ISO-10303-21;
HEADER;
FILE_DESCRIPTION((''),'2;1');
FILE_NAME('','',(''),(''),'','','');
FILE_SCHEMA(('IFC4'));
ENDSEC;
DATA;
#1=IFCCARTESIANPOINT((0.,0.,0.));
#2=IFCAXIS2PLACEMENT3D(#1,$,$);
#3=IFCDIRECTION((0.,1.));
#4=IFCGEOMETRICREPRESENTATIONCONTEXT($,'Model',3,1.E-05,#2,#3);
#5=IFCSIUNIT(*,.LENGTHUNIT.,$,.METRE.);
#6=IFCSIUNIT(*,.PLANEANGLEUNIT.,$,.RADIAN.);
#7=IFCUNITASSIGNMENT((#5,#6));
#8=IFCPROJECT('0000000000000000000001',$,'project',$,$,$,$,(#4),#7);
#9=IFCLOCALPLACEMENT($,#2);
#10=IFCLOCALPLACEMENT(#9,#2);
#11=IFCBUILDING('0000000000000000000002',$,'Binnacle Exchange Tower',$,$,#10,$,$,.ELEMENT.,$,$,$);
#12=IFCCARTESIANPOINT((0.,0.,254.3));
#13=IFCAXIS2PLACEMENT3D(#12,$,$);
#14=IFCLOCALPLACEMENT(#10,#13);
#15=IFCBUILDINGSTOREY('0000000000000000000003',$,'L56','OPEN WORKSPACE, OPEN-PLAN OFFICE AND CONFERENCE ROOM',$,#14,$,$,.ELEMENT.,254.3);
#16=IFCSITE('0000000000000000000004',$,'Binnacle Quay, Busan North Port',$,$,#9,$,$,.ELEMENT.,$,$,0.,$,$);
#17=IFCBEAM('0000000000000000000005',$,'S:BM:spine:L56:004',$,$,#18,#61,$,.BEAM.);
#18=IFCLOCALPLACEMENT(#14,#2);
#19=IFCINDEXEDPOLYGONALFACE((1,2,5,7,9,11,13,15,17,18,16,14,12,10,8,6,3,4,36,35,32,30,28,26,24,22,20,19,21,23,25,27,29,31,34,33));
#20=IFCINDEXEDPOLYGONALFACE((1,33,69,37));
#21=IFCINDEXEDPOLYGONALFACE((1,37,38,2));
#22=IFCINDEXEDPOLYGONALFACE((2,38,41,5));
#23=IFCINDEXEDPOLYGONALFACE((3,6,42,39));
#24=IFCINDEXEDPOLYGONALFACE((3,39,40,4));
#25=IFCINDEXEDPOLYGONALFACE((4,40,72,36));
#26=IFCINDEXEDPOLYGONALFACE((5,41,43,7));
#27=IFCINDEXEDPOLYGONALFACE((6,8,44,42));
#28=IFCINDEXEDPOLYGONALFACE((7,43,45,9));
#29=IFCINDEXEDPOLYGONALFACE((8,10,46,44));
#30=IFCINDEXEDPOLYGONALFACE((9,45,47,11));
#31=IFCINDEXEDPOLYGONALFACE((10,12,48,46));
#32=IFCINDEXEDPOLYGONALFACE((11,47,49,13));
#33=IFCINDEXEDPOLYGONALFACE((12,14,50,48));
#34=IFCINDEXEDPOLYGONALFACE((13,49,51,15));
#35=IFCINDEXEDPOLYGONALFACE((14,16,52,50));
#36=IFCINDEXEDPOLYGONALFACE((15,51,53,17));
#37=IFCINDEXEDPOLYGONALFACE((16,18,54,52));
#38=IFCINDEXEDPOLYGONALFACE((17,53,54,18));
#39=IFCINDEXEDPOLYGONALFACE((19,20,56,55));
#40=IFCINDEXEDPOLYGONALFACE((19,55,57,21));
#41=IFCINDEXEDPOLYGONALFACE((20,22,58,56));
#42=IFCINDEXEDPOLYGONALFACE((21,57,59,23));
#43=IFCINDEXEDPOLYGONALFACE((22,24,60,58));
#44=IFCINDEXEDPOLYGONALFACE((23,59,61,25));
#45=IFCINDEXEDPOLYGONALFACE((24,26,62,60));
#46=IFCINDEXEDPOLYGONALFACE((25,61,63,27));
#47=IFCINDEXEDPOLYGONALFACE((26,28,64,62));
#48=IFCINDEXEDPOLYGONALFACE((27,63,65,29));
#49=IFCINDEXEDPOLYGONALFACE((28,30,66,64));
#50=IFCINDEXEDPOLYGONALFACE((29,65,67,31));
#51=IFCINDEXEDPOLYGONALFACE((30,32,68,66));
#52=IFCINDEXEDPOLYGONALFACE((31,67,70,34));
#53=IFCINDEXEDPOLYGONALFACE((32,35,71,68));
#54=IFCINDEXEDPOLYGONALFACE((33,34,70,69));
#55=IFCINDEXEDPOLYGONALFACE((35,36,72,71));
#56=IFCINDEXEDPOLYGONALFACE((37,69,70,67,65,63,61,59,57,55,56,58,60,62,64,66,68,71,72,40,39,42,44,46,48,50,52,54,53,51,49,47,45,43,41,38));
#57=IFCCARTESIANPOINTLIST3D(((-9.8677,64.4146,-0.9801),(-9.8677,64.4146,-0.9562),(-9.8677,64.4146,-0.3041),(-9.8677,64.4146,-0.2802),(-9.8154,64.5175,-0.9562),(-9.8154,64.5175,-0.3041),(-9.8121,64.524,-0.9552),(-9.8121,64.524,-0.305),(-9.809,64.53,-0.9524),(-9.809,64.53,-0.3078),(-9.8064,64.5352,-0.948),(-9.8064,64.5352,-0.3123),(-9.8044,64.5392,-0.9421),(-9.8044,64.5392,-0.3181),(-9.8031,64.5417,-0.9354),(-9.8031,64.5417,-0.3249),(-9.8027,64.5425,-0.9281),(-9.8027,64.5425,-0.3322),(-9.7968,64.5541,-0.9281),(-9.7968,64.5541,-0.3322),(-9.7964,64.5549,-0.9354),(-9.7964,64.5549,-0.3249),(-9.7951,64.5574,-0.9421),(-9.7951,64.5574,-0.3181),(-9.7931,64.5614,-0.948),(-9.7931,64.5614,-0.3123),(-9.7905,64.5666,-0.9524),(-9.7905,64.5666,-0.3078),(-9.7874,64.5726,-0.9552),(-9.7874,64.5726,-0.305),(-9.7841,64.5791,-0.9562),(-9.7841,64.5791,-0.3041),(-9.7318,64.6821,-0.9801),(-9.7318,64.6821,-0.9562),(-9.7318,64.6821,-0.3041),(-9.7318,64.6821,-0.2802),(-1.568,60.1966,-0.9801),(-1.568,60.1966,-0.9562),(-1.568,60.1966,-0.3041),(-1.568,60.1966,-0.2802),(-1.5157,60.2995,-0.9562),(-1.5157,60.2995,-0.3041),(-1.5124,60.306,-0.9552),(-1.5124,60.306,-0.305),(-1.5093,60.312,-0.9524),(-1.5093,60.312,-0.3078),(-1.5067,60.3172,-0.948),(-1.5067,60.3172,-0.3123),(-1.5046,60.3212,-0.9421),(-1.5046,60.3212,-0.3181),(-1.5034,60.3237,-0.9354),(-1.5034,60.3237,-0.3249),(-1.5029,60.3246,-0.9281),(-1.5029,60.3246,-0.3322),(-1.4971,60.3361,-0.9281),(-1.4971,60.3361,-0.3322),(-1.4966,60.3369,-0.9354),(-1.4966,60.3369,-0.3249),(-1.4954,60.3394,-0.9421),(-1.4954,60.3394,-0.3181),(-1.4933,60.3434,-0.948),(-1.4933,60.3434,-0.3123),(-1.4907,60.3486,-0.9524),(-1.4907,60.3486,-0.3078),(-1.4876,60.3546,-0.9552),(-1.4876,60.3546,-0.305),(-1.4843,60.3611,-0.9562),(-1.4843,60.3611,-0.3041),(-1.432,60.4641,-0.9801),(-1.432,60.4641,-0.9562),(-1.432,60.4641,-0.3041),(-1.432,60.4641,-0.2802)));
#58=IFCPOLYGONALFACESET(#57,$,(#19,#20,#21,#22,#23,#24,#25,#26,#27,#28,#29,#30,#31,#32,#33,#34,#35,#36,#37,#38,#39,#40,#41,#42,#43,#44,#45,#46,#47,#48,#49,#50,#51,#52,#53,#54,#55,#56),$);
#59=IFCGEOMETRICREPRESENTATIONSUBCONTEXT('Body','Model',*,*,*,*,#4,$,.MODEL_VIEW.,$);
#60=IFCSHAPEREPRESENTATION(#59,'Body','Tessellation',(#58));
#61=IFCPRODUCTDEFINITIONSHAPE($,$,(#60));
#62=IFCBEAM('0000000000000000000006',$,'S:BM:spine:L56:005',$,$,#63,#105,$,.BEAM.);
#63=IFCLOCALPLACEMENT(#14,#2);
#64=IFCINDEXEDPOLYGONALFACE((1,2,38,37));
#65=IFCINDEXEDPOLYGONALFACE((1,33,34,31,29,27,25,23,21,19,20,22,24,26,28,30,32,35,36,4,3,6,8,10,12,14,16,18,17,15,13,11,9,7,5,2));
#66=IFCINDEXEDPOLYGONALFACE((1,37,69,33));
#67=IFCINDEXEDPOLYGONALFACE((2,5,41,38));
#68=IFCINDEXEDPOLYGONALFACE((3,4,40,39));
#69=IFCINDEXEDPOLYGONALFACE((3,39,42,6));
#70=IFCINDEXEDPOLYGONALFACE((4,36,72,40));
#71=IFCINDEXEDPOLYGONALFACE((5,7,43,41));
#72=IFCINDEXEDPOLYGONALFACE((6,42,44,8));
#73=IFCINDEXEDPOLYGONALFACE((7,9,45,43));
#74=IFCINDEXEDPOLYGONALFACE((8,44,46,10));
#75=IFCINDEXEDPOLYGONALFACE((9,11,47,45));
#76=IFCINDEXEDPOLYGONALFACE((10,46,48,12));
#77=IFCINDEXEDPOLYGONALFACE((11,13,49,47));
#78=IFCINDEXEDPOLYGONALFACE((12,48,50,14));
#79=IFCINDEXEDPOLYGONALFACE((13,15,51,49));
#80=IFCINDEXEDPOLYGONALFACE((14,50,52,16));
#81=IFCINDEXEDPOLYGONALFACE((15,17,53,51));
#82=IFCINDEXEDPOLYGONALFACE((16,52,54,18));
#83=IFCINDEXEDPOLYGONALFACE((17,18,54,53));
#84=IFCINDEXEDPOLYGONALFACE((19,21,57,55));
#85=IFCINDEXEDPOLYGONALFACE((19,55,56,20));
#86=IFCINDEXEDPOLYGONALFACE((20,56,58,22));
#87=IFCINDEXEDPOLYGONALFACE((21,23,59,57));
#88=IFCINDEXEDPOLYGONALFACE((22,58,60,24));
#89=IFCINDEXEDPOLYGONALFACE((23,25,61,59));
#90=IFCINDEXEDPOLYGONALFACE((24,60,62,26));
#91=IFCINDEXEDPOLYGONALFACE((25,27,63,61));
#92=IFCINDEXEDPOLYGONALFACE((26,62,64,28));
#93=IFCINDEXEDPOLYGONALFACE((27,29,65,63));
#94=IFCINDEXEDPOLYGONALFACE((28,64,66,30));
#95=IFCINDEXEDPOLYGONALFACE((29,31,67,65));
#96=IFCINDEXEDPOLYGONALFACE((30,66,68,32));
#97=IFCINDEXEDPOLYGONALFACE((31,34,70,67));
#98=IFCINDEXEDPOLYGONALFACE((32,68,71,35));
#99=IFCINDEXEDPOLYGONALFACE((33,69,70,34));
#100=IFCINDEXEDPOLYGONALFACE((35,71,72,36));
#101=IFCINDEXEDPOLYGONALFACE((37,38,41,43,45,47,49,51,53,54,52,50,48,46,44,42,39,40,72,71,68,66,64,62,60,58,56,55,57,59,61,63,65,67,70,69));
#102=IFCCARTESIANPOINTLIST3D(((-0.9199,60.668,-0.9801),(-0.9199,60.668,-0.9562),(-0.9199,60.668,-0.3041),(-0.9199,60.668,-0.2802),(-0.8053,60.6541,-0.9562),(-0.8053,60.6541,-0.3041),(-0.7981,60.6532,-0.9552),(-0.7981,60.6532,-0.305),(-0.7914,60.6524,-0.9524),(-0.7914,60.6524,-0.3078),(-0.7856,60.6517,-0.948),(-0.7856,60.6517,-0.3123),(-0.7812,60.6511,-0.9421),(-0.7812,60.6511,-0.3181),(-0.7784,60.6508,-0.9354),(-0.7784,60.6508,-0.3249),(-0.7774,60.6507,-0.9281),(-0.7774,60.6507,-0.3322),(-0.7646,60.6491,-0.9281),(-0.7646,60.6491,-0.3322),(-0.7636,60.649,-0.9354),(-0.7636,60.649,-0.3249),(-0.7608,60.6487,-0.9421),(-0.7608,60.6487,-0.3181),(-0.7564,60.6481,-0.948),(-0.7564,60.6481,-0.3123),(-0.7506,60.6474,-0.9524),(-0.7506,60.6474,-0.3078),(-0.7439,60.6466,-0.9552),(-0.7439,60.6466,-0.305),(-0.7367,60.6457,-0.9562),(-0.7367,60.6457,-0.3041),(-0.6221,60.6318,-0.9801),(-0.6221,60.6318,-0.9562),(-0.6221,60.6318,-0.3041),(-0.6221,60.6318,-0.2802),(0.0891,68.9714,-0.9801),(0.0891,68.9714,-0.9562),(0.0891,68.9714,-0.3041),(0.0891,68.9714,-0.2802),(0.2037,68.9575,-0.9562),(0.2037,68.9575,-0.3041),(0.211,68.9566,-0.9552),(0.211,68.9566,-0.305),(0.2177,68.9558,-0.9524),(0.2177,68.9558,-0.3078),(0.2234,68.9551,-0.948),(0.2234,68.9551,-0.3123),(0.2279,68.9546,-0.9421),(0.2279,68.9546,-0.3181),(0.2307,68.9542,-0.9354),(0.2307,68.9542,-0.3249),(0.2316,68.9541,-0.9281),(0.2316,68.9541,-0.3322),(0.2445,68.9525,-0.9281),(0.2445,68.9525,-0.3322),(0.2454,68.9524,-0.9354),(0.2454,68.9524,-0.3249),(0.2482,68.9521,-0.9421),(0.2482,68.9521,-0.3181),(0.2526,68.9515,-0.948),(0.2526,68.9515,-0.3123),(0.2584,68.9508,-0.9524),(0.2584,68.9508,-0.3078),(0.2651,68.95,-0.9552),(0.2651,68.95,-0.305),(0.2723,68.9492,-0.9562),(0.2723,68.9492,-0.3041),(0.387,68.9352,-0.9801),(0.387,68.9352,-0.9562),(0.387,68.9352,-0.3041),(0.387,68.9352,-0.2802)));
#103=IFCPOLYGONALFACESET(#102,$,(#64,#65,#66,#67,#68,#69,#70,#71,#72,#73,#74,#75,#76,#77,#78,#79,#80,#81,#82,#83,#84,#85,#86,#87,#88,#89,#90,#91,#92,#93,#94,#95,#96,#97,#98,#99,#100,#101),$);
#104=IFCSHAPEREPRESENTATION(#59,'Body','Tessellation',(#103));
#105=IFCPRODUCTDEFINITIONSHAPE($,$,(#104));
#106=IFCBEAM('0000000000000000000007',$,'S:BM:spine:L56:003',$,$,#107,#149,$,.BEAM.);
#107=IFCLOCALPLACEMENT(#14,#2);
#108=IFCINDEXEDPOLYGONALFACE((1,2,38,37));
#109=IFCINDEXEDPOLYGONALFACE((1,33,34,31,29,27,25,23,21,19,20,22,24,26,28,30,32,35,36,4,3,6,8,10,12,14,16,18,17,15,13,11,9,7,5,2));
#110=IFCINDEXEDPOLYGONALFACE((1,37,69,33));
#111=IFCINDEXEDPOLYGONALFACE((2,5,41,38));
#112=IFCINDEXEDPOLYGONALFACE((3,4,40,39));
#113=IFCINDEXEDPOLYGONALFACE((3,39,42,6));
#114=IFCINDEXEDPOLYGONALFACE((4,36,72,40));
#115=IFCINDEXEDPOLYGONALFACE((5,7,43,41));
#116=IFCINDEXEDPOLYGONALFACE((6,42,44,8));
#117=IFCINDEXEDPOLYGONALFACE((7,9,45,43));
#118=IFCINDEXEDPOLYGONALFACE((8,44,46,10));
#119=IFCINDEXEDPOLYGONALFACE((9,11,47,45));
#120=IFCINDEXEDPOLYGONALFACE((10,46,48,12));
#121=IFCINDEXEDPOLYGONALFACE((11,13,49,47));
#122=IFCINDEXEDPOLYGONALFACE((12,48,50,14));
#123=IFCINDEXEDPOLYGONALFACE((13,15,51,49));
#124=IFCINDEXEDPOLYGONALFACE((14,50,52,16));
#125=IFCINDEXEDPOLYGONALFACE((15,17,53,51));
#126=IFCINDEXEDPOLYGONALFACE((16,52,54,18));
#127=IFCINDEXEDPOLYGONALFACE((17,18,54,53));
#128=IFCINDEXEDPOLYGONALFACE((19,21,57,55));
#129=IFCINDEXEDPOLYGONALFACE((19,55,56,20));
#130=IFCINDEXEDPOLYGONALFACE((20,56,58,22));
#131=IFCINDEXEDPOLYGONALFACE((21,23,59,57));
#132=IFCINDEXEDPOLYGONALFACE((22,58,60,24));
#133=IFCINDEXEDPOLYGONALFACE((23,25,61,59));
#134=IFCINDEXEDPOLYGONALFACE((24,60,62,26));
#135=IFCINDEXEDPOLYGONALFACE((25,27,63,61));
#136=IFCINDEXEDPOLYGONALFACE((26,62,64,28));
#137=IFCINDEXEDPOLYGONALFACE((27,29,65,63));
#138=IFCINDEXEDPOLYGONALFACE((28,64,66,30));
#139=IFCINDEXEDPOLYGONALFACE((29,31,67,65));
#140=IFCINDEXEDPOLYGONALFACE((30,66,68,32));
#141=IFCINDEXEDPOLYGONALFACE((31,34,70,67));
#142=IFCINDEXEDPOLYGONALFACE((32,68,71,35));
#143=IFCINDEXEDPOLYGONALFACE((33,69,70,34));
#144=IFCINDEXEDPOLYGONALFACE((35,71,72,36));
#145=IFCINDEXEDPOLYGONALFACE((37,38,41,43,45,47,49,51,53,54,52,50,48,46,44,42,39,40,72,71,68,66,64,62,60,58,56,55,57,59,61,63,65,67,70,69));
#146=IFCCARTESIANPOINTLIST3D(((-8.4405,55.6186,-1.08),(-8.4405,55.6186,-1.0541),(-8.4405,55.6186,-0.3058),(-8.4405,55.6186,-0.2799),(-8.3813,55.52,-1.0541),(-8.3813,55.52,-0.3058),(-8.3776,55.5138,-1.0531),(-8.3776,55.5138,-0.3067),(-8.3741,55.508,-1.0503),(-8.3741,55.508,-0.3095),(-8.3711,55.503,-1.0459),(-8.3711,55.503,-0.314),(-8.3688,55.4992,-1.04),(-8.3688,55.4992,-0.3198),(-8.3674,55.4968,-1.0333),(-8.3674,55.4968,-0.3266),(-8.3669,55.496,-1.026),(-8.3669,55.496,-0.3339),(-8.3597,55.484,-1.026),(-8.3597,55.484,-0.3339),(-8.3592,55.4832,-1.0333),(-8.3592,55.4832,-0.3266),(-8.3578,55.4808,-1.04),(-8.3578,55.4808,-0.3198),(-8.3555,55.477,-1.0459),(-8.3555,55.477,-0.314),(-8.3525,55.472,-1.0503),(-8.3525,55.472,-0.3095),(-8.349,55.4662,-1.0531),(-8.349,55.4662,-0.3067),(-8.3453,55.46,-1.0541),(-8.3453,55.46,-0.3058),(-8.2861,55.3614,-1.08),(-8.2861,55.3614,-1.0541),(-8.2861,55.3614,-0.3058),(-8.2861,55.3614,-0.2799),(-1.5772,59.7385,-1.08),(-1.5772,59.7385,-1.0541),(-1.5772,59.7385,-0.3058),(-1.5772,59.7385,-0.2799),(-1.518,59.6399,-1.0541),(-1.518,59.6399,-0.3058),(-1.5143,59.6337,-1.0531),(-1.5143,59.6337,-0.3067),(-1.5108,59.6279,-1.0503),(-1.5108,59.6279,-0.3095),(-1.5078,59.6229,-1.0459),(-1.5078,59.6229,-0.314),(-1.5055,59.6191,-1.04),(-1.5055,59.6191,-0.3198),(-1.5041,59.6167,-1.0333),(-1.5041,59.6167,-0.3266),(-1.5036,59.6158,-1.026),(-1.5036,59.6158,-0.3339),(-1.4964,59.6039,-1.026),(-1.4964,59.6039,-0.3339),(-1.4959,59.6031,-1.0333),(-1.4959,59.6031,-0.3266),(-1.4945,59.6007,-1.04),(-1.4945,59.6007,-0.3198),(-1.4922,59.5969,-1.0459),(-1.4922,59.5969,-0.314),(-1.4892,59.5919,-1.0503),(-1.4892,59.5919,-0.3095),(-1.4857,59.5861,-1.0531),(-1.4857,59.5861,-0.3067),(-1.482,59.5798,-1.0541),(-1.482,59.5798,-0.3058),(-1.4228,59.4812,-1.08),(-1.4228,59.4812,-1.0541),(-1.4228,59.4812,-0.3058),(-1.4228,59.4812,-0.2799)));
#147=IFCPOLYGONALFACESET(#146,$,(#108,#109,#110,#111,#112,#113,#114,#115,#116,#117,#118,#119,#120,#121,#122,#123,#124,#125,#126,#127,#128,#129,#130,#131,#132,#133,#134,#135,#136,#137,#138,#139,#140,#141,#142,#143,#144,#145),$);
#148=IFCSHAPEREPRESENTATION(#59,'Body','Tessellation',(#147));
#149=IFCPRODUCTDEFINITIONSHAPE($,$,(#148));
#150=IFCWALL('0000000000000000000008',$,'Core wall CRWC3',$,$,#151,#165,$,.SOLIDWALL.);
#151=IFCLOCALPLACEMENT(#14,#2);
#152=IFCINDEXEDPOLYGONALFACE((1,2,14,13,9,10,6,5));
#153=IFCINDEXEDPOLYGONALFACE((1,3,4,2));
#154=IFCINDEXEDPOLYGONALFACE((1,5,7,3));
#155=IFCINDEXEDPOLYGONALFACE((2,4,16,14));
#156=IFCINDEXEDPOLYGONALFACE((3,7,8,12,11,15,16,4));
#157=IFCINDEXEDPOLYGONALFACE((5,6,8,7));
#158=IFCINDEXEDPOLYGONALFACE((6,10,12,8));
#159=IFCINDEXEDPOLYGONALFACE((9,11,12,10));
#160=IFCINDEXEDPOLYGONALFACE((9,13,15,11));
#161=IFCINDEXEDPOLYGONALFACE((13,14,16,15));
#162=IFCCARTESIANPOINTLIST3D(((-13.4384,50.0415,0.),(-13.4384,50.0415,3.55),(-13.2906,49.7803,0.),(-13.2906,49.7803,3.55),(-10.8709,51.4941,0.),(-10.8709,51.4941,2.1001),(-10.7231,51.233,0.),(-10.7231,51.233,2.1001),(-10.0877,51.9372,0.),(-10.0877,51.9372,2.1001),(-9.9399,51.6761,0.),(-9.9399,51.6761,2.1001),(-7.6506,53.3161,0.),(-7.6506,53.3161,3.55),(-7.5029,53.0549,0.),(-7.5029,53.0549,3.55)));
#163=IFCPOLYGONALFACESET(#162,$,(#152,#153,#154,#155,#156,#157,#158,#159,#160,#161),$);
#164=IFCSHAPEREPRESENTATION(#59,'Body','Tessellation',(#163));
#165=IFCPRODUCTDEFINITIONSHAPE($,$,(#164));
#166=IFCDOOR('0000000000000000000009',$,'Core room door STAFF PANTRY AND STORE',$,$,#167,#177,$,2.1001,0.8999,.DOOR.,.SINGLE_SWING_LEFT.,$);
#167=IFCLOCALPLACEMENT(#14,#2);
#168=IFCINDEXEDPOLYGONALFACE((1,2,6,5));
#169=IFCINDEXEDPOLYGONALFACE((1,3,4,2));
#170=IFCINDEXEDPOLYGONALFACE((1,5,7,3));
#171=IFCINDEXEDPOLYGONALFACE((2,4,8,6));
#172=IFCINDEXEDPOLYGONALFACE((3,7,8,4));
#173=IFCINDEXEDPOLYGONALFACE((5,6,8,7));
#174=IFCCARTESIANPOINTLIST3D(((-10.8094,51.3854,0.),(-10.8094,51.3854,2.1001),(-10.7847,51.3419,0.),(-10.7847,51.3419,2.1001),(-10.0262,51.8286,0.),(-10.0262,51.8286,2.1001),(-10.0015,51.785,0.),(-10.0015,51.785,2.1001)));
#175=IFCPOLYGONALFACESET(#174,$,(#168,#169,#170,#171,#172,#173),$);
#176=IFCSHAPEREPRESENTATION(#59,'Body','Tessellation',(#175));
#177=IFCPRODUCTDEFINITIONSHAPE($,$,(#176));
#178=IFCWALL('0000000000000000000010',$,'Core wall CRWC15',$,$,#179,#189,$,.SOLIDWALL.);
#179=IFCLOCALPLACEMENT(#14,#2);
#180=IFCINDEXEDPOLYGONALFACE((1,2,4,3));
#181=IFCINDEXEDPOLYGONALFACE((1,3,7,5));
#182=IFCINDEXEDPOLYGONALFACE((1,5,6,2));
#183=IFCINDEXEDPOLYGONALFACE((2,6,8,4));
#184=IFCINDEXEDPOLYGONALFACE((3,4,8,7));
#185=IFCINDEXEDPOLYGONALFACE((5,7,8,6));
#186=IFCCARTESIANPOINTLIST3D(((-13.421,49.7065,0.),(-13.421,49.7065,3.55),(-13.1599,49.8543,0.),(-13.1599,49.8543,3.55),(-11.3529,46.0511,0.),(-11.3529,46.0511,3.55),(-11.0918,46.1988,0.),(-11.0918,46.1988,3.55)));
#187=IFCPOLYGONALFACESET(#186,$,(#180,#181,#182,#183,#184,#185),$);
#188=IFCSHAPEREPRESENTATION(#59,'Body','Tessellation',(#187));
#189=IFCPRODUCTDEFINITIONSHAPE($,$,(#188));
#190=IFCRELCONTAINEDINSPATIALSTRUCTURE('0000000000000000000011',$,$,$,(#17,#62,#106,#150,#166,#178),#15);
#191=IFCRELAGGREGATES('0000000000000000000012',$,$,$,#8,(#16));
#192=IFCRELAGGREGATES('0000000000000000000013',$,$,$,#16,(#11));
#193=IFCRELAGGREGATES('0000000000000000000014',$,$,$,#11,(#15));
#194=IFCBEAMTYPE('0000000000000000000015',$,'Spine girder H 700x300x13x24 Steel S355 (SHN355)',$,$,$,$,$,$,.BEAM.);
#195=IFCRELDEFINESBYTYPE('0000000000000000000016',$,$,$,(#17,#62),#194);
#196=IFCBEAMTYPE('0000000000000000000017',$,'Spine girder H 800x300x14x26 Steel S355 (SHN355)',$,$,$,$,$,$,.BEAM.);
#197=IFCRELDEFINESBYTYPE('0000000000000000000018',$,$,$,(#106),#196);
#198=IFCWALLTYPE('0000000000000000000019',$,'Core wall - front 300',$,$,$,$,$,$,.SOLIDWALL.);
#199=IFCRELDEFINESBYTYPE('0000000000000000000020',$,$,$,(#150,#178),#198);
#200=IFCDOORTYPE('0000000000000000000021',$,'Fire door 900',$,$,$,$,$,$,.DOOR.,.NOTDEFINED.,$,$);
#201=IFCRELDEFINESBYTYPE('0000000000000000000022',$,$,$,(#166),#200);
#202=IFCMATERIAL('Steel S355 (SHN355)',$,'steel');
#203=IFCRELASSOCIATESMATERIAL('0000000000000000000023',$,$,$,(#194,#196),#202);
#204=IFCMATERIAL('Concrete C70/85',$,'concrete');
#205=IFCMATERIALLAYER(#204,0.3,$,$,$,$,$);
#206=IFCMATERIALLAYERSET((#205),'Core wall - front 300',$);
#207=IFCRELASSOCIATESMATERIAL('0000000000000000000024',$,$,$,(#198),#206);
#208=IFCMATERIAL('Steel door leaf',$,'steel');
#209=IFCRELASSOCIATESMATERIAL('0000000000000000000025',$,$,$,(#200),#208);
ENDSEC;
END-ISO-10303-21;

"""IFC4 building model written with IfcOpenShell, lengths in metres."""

from ifc_helpers import new_model, si_unit, direction, frame, frame_2d, origin, origin_2d, place, context, subcontext, project, spatial, rectangle, i_section, extrude, material, layer, layer_set, material_profile, profile_set, type_object, element, fill, save


model = new_model("IFC4")

# Units and contexts
model_context = context("Model", 3, precision=1e-05, world=origin(), true_north=direction((0.0, 1.0)))
body_context = subcontext(model_context, "Body", "Model", "MODEL_VIEW")
ifc_project = project(units=[si_unit("LENGTHUNIT", "METRE"), si_unit("PLANEANGLEUNIT", "RADIAN")], contexts=[model_context])

# Site, building, storey
site_placement = place(None, origin())
site = spatial("IfcSite", under=ifc_project, at=site_placement, Name="Binnacle Quay, Busan North Port", CompositionType="ELEMENT", RefElevation=0.0)
building_placement = place(site_placement, origin())
building = spatial("IfcBuilding", under=site, at=building_placement, Name="Binnacle Exchange Tower", CompositionType="ELEMENT")
storey_placement = place(building_placement, frame((0.0, 0.0, 254.3)))
storey = spatial("IfcBuildingStorey", under=building, at=storey_placement, Name="L56", Description="OPEN WORKSPACE, OPEN-PLAN OFFICE AND CONFERENCE ROOM", CompositionType="ELEMENT", Elevation=254.3)

# Beams
ifc_material_1 = material(Name="Steel S355 (SHN355)", Category="steel")
ifc_material_profile_1 = material_profile(ifc_material_1, i_section(OverallWidth=0.3, OverallDepth=0.7, WebThickness=0.0129, FlangeThickness=0.0239, FilletRadius=0.0281, at=origin_2d()), Name="H 700x300x13x24")
ifc_profile_set_1 = profile_set([ifc_material_profile_1], Name="Steel S355 (SHN355)")
beam_type_1 = type_object("IfcBeamType", Name="Spine girder H 700x300x13x24 Steel S355 (SHN355)", PredefinedType="BEAM", material=ifc_profile_set_1)
beam_1_placement = place(storey_placement, frame((-1.5, 60.3303, -0.6301), z_axis=(-0.891482, 0.453057, 0.0), x_axis=(-0.453057, -0.891482, 0.0)))
element("IfcBeam", 1, at=beam_1_placement, inside=storey, type_object=beam_type_1, Name="S:BM:spine:L56:004", PredefinedType="BEAM", context=body_context, shape_type="SweptSolid", body=[
    extrude(i_section(OverallWidth=0.3, OverallDepth=0.7, WebThickness=0.0129, FlangeThickness=0.0239, FilletRadius=0.0281, at=origin_2d()), origin(), (0.0, 0.0, 1.0), 9.3101),
])
beam_2_placement = place(storey_placement, frame((-0.771, 60.6499, -0.6301), z_axis=(0.120632, 0.992697, 0.0), x_axis=(-0.992697, 0.120632, 0.0)))
element("IfcBeam", 2, at=beam_2_placement, inside=storey, type_object=beam_type_1, Name="S:BM:spine:L56:005", PredefinedType="BEAM", context=body_context, shape_type="SweptSolid", body=[
    extrude(i_section(OverallWidth=0.3, OverallDepth=0.7, WebThickness=0.0129, FlangeThickness=0.0239, FilletRadius=0.0281, at=origin_2d()), origin(), (0.0, 0.0, 1.0), 8.3645),
])
ifc_material_profile_2 = material_profile(ifc_material_1, i_section(OverallWidth=0.3, OverallDepth=0.8, WebThickness=0.0139, FlangeThickness=0.0259, FilletRadius=0.0281, at=origin_2d()), Name="H 800x300x14x26")
ifc_profile_set_2 = profile_set([ifc_material_profile_2], Name="Steel S355 (SHN355)")
beam_type_2 = type_object("IfcBeamType", Name="Spine girder H 800x300x14x26 Steel S355 (SHN355)", PredefinedType="BEAM", material=ifc_profile_set_2)
beam_3_placement = place(storey_placement, frame((-8.3633, 55.49, -0.6799), z_axis=(0.857388, 0.514671, 0.0), x_axis=(-0.514671, 0.857388, 0.0)))
element("IfcBeam", 3, at=beam_3_placement, inside=storey, type_object=beam_type_2, Name="S:BM:spine:L56:003", PredefinedType="BEAM", context=body_context, shape_type="SweptSolid", body=[
    extrude(i_section(OverallWidth=0.3, OverallDepth=0.8, WebThickness=0.0139, FlangeThickness=0.0259, FilletRadius=0.0281, at=origin_2d()), origin(), (0.0, 0.0, 1.0), 8.0049),
])

# Wall, opening, door
ifc_material_2 = material(Name="Concrete C70/85", Category="concrete")
ifc_layer_1 = layer(ifc_material_2, 0.3)
ifc_layer_set_1 = layer_set([ifc_layer_1], Name="Core wall - front 300")
wall_type_1 = type_object("IfcWallType", Name="Core wall - front 300", PredefinedType="SOLIDWALL", material=ifc_layer_set_1)
wall_1_placement = place(storey_placement, frame((-13.3645, 49.9109, 0.0), z_axis=(0.0, 0.0, 1.0), x_axis=(0.870352, 0.49243, 0.0)))
wall_1 = element("IfcWall", 4, at=wall_1_placement, inside=storey, type_object=wall_type_1, Name="Core wall CRWC3", PredefinedType="SOLIDWALL", context=body_context, shape_type="SweptSolid", body=[
    extrude(rectangle(XDim=6.6499, YDim=0.3, at=frame_2d((3.325, 0.0))), origin(), (0.0, 0.0, 1.0), 3.55),
])
opening_1_placement = place(wall_1_placement, frame((2.95, 0.0, 0.0)))
opening_1 = element("IfcOpeningElement", 5, at=opening_1_placement, cuts=wall_1, PredefinedType="OPENING", context=body_context, shape_type="SweptSolid", body=[
    extrude(rectangle(XDim=0.8999, YDim=2.1001, at=frame_2d((0.45, 1.05))), frame((0.0, 0.1599, 0.0), z_axis=(0.0, -1.0, 0.0), x_axis=(1.0, 0.0, 0.0)), (0.0, 0.0, 1.0), 0.3201),
])
ifc_material_3 = material(Name="Steel door leaf", Category="steel")
door_type_1 = type_object("IfcDoorType", Name="Fire door 900", OperationType="NOTDEFINED", PredefinedType="DOOR", material=ifc_material_3)
door_1_placement = place(opening_1_placement, frame((0.8999, 0.0, 0.0), z_axis=(0.0, 0.0, 1.0), x_axis=(-1.0, 0.0, 0.0)))
door_1 = element("IfcDoor", 6, at=door_1_placement, inside=storey, type_object=door_type_1, Name="Core room door STAFF PANTRY AND STORE", OperationType="SINGLE_SWING_LEFT", OverallHeight=2.1001, OverallWidth=0.8999, PredefinedType="DOOR", context=body_context, shape_type="SweptSolid", body=[
    extrude(rectangle(XDim=0.8999, YDim=2.1001, at=frame_2d((0.45, 1.05))), frame((0.0, 0.0249, 0.0), z_axis=(0.0, -1.0, 0.0), x_axis=(1.0, 0.0, 0.0)), (0.0, 0.0, 1.0), 0.05),
])
fill(opening_1, door_1)

# Wall
wall_2_placement = place(storey_placement, frame((-13.2905, 49.7805, 0.0), z_axis=(0.0, 0.0, 1.0), x_axis=(0.49241, -0.870364, 0.0)))
element("IfcWall", 7, at=wall_2_placement, inside=storey, type_object=wall_type_1, Name="Core wall CRWC15", PredefinedType="SOLIDWALL", context=body_context, shape_type="SweptSolid", body=[
    extrude(rectangle(XDim=4.2, YDim=0.3, at=frame_2d((2.1001, 0.0))), origin(), (0.0, 0.0, 1.0), 3.55),
])

save(model, "model.ifc")
